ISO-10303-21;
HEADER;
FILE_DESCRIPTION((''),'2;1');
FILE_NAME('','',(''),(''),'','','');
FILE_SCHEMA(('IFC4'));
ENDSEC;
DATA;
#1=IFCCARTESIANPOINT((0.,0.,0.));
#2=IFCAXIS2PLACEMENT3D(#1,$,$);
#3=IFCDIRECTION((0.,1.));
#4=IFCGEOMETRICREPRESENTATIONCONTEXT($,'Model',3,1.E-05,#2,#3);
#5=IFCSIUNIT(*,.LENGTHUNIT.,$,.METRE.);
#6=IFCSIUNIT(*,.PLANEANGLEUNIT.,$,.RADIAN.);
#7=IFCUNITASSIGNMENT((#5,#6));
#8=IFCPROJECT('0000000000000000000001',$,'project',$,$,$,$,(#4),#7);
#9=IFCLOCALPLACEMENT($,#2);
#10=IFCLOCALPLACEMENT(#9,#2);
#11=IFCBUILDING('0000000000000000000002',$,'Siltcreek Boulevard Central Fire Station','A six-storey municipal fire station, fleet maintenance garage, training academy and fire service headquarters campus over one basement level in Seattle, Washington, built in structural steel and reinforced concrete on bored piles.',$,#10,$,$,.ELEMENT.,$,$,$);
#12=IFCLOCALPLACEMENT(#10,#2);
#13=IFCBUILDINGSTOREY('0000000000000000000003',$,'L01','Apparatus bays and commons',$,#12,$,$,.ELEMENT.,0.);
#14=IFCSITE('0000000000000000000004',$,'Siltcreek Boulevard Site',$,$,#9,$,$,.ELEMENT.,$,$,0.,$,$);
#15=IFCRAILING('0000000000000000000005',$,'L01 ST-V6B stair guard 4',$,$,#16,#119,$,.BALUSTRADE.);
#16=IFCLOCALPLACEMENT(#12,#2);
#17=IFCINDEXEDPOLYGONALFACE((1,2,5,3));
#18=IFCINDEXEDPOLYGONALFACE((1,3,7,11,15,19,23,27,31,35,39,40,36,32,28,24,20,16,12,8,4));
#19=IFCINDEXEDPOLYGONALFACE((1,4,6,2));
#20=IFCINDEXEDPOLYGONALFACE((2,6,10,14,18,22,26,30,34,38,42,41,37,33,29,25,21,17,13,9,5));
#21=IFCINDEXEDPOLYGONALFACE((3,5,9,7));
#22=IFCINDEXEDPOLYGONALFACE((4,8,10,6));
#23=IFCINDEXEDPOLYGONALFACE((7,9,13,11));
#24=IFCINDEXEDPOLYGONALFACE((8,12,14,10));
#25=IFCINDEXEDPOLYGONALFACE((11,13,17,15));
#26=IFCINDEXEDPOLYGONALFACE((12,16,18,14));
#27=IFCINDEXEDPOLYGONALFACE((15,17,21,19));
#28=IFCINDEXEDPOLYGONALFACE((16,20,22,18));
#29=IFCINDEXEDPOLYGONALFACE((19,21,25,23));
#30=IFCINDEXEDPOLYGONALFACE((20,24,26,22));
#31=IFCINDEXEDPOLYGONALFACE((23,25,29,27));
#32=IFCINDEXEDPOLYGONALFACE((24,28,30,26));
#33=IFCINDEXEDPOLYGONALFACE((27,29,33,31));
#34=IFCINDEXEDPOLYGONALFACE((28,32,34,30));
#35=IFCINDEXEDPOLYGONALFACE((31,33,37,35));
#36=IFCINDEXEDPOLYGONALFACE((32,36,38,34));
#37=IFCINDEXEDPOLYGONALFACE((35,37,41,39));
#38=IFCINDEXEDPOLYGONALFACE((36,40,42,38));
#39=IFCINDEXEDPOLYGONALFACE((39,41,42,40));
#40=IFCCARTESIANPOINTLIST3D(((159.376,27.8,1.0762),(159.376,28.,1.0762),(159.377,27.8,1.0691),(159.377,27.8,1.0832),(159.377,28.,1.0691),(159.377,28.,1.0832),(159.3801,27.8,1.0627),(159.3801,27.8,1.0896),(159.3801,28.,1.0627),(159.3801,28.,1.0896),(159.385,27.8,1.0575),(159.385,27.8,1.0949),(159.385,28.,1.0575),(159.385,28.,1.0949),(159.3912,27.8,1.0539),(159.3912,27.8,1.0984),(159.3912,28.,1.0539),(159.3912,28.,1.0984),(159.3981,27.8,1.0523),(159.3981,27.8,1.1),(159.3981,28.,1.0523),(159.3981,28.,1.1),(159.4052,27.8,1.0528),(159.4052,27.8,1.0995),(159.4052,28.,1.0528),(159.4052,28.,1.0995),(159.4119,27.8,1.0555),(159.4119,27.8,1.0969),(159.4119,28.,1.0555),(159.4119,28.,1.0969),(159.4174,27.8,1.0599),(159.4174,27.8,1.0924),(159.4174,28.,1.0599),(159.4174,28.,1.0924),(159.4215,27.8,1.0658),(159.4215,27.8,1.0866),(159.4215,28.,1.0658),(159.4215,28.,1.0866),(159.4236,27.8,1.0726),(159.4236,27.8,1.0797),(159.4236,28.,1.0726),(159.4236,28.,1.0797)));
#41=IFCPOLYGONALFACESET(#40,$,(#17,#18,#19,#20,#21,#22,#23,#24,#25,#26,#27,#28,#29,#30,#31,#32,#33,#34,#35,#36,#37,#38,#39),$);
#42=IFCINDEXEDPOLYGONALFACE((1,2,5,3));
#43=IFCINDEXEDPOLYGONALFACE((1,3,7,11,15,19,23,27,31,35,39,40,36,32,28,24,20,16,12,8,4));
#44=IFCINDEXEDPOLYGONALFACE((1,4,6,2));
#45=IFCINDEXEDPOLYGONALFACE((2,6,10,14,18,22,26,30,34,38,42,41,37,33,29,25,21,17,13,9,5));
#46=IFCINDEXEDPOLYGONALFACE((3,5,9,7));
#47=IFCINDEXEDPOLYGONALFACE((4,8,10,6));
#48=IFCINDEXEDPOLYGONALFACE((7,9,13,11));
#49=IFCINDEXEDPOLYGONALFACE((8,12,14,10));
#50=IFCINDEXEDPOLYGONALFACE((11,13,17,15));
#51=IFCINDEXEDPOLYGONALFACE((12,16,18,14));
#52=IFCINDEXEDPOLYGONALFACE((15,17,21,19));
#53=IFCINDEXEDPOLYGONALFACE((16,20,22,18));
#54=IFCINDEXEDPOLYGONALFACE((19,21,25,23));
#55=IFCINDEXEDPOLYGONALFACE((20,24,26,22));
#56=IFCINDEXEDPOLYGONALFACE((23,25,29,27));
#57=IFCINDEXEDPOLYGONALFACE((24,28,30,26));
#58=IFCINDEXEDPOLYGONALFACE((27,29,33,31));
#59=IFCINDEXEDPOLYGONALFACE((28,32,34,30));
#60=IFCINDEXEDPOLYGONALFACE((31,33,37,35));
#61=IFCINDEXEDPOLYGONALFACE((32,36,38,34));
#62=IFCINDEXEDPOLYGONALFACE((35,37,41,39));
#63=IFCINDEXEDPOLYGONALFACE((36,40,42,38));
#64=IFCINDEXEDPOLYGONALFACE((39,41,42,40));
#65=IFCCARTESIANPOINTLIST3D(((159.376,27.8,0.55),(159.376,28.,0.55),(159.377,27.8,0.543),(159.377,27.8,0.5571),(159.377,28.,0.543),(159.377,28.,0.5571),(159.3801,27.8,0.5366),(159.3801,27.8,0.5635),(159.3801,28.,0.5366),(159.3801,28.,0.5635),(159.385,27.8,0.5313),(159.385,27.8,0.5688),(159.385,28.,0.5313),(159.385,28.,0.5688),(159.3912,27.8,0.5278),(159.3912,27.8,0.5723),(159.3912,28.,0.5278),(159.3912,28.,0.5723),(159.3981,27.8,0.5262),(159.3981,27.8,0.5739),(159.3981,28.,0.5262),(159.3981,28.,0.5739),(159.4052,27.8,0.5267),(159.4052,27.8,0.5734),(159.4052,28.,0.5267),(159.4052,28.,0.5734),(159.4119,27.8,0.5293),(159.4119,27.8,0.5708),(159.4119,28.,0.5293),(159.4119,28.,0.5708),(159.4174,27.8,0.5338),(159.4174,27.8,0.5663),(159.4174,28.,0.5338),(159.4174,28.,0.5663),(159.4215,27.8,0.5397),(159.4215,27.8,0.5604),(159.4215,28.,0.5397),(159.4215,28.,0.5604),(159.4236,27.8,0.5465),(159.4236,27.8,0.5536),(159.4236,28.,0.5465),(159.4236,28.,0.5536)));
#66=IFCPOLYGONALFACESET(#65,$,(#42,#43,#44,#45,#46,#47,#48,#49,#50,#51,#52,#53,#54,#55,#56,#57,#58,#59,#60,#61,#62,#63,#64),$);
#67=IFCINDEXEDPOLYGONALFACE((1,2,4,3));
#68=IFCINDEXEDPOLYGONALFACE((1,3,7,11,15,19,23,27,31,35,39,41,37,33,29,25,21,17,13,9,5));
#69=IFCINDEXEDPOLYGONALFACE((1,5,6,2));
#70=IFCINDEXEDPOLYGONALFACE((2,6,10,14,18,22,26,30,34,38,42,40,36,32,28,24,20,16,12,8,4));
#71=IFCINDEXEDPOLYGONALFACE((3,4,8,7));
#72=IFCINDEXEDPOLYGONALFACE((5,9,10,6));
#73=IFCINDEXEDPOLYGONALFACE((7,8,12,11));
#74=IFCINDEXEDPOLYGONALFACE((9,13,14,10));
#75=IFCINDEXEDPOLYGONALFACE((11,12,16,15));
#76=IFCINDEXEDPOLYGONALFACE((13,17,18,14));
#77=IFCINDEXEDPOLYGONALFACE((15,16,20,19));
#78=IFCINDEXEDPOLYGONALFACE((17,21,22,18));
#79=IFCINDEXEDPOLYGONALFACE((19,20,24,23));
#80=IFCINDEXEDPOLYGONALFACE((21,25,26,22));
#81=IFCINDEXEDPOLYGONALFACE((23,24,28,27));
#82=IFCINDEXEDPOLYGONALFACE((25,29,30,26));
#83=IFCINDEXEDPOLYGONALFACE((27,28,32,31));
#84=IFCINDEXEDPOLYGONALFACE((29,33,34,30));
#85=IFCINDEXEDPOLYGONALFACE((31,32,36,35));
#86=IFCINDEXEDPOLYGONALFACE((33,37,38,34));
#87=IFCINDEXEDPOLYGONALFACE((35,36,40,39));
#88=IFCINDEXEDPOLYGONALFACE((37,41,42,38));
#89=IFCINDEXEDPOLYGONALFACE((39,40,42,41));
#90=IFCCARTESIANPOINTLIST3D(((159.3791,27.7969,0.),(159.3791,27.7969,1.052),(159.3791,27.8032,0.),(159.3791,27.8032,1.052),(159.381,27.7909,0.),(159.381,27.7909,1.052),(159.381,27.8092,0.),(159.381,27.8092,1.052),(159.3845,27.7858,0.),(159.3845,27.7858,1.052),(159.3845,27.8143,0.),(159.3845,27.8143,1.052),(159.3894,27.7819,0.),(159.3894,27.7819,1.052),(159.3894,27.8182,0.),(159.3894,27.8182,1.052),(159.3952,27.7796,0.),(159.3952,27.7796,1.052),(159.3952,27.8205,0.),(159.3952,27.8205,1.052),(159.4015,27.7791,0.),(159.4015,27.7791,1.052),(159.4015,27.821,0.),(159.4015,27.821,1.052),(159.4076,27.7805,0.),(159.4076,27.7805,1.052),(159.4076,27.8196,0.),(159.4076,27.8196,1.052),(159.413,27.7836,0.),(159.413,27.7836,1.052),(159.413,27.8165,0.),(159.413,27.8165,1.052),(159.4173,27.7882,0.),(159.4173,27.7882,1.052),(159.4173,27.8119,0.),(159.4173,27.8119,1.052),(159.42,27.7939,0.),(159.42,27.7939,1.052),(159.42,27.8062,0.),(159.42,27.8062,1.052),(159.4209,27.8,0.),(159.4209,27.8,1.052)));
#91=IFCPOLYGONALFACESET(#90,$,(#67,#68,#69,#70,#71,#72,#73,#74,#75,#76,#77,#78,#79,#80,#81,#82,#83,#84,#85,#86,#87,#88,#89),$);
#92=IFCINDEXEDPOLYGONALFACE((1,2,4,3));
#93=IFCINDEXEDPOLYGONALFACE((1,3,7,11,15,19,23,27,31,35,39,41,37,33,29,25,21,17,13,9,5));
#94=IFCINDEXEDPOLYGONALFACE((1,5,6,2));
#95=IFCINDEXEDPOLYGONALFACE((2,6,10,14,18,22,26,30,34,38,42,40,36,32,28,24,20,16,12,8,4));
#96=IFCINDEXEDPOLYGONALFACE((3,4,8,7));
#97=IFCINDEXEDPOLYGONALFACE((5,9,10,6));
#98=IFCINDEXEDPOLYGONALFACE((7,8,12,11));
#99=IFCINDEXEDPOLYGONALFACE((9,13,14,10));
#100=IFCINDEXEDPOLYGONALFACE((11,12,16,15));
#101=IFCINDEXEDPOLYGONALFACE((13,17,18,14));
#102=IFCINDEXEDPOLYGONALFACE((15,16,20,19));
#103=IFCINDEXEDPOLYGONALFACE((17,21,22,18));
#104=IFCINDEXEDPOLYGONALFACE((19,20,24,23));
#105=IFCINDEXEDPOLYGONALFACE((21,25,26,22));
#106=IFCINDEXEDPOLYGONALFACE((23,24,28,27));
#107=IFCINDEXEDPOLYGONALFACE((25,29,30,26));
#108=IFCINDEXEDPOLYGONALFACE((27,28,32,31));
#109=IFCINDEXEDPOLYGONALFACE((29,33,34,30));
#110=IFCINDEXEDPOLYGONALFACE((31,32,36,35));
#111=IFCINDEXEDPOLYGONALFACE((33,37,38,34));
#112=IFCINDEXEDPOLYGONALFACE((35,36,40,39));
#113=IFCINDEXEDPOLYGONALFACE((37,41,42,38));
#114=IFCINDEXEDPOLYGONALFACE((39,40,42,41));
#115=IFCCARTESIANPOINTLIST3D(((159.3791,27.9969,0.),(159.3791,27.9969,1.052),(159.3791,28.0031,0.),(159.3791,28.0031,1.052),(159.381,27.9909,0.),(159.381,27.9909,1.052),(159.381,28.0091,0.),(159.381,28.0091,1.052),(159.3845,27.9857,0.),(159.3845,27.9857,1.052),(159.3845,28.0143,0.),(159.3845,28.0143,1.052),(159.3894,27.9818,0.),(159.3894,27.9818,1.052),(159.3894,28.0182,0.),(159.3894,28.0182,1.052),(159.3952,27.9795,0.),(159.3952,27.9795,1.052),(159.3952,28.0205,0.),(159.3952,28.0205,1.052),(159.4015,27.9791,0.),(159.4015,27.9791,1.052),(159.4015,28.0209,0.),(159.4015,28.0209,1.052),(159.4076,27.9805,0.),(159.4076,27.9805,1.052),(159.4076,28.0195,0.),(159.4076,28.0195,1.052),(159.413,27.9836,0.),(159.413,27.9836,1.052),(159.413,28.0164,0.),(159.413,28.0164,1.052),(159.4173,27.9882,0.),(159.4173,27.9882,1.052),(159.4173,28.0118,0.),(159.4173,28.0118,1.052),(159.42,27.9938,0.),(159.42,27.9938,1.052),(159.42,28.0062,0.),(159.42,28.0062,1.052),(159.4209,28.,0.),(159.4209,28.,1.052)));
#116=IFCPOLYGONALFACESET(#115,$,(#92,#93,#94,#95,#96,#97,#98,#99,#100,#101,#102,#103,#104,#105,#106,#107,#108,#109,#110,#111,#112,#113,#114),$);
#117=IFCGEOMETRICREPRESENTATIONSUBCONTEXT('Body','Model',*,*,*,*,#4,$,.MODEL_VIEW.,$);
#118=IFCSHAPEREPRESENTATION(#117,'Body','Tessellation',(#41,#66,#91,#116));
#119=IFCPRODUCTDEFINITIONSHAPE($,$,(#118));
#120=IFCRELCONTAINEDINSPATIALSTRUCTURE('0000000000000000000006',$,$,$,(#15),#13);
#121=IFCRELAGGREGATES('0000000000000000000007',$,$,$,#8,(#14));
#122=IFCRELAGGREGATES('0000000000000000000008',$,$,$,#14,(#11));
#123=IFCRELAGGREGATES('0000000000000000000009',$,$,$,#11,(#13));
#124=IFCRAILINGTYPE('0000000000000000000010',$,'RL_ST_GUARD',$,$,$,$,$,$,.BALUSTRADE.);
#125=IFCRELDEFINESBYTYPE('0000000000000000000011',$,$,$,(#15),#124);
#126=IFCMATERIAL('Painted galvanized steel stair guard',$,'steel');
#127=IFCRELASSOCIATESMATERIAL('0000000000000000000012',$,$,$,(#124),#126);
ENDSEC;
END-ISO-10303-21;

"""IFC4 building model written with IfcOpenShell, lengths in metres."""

from ifc_helpers import new_model, si_unit, direction, frame, origin, origin_2d, place, context, subcontext, project, spatial, circle, extrude, material, type_object, element, save


model = new_model("IFC4")

# Units and contexts
model_context = context("Model", 3, precision=1e-05, world=origin(), true_north=direction((0.0, 1.0)))
body_context = subcontext(model_context, "Body", "Model", "MODEL_VIEW")
ifc_project = project(units=[si_unit("LENGTHUNIT", "METRE"), si_unit("PLANEANGLEUNIT", "RADIAN")], contexts=[model_context])

# Site, building, storey
site_placement = place(None, origin())
site = spatial("IfcSite", under=ifc_project, at=site_placement, Name="Siltcreek Boulevard Site", CompositionType="ELEMENT", RefElevation=0.0)
building_placement = place(site_placement, origin())
building = spatial("IfcBuilding", under=site, at=building_placement, Name="Siltcreek Boulevard Central Fire Station", Description="A six-storey municipal fire station, fleet maintenance garage, training academy and fire service headquarters campus over one basement level in Seattle, Washington, built in structural steel and reinforced concrete on bored piles.", CompositionType="ELEMENT")
storey_placement = place(building_placement, origin())
storey = spatial("IfcBuildingStorey", under=building, at=storey_placement, Name="L01", Description="Apparatus bays and commons", CompositionType="ELEMENT", Elevation=0.0)

# Railing
ifc_material_1 = material(Name="Painted galvanized steel stair guard", Category="steel")
railing_type_1 = type_object("IfcRailingType", Name="RL_ST_GUARD", PredefinedType="BALUSTRADE", material=ifc_material_1)
railing_1_placement = place(storey_placement, frame((159.3999, 27.8, 0.0)))
element("IfcRailing", 1, at=railing_1_placement, inside=storey, type_object=railing_type_1, Name="L01 ST-V6B stair guard 4", PredefinedType="BALUSTRADE", context=body_context, shape_type="SweptSolid", body=[
    extrude(circle(Radius=0.0239, at=origin_2d()), frame((0.0, 0.0, 1.0762), z_axis=(0.0, 1.0, 0.0), x_axis=(-1.0, 0.0, 0.0)), (0.0, 0.0, 1.0), 0.2),
    extrude(circle(Radius=0.0239, at=origin_2d()), frame((0.0, 0.0, 0.55), z_axis=(0.0, 1.0, 0.0), x_axis=(-1.0, 0.0, 0.0)), (0.0, 0.0, 1.0), 0.2),
    extrude(circle(Radius=0.021, at=origin_2d()), origin(), (0.0, 0.0, 1.0), 1.052),
    extrude(circle(Radius=0.021, at=origin_2d()), frame((0.0, 0.2, 0.0)), (0.0, 0.0, 1.0), 1.052),
])

save(model, "model.ifc")
